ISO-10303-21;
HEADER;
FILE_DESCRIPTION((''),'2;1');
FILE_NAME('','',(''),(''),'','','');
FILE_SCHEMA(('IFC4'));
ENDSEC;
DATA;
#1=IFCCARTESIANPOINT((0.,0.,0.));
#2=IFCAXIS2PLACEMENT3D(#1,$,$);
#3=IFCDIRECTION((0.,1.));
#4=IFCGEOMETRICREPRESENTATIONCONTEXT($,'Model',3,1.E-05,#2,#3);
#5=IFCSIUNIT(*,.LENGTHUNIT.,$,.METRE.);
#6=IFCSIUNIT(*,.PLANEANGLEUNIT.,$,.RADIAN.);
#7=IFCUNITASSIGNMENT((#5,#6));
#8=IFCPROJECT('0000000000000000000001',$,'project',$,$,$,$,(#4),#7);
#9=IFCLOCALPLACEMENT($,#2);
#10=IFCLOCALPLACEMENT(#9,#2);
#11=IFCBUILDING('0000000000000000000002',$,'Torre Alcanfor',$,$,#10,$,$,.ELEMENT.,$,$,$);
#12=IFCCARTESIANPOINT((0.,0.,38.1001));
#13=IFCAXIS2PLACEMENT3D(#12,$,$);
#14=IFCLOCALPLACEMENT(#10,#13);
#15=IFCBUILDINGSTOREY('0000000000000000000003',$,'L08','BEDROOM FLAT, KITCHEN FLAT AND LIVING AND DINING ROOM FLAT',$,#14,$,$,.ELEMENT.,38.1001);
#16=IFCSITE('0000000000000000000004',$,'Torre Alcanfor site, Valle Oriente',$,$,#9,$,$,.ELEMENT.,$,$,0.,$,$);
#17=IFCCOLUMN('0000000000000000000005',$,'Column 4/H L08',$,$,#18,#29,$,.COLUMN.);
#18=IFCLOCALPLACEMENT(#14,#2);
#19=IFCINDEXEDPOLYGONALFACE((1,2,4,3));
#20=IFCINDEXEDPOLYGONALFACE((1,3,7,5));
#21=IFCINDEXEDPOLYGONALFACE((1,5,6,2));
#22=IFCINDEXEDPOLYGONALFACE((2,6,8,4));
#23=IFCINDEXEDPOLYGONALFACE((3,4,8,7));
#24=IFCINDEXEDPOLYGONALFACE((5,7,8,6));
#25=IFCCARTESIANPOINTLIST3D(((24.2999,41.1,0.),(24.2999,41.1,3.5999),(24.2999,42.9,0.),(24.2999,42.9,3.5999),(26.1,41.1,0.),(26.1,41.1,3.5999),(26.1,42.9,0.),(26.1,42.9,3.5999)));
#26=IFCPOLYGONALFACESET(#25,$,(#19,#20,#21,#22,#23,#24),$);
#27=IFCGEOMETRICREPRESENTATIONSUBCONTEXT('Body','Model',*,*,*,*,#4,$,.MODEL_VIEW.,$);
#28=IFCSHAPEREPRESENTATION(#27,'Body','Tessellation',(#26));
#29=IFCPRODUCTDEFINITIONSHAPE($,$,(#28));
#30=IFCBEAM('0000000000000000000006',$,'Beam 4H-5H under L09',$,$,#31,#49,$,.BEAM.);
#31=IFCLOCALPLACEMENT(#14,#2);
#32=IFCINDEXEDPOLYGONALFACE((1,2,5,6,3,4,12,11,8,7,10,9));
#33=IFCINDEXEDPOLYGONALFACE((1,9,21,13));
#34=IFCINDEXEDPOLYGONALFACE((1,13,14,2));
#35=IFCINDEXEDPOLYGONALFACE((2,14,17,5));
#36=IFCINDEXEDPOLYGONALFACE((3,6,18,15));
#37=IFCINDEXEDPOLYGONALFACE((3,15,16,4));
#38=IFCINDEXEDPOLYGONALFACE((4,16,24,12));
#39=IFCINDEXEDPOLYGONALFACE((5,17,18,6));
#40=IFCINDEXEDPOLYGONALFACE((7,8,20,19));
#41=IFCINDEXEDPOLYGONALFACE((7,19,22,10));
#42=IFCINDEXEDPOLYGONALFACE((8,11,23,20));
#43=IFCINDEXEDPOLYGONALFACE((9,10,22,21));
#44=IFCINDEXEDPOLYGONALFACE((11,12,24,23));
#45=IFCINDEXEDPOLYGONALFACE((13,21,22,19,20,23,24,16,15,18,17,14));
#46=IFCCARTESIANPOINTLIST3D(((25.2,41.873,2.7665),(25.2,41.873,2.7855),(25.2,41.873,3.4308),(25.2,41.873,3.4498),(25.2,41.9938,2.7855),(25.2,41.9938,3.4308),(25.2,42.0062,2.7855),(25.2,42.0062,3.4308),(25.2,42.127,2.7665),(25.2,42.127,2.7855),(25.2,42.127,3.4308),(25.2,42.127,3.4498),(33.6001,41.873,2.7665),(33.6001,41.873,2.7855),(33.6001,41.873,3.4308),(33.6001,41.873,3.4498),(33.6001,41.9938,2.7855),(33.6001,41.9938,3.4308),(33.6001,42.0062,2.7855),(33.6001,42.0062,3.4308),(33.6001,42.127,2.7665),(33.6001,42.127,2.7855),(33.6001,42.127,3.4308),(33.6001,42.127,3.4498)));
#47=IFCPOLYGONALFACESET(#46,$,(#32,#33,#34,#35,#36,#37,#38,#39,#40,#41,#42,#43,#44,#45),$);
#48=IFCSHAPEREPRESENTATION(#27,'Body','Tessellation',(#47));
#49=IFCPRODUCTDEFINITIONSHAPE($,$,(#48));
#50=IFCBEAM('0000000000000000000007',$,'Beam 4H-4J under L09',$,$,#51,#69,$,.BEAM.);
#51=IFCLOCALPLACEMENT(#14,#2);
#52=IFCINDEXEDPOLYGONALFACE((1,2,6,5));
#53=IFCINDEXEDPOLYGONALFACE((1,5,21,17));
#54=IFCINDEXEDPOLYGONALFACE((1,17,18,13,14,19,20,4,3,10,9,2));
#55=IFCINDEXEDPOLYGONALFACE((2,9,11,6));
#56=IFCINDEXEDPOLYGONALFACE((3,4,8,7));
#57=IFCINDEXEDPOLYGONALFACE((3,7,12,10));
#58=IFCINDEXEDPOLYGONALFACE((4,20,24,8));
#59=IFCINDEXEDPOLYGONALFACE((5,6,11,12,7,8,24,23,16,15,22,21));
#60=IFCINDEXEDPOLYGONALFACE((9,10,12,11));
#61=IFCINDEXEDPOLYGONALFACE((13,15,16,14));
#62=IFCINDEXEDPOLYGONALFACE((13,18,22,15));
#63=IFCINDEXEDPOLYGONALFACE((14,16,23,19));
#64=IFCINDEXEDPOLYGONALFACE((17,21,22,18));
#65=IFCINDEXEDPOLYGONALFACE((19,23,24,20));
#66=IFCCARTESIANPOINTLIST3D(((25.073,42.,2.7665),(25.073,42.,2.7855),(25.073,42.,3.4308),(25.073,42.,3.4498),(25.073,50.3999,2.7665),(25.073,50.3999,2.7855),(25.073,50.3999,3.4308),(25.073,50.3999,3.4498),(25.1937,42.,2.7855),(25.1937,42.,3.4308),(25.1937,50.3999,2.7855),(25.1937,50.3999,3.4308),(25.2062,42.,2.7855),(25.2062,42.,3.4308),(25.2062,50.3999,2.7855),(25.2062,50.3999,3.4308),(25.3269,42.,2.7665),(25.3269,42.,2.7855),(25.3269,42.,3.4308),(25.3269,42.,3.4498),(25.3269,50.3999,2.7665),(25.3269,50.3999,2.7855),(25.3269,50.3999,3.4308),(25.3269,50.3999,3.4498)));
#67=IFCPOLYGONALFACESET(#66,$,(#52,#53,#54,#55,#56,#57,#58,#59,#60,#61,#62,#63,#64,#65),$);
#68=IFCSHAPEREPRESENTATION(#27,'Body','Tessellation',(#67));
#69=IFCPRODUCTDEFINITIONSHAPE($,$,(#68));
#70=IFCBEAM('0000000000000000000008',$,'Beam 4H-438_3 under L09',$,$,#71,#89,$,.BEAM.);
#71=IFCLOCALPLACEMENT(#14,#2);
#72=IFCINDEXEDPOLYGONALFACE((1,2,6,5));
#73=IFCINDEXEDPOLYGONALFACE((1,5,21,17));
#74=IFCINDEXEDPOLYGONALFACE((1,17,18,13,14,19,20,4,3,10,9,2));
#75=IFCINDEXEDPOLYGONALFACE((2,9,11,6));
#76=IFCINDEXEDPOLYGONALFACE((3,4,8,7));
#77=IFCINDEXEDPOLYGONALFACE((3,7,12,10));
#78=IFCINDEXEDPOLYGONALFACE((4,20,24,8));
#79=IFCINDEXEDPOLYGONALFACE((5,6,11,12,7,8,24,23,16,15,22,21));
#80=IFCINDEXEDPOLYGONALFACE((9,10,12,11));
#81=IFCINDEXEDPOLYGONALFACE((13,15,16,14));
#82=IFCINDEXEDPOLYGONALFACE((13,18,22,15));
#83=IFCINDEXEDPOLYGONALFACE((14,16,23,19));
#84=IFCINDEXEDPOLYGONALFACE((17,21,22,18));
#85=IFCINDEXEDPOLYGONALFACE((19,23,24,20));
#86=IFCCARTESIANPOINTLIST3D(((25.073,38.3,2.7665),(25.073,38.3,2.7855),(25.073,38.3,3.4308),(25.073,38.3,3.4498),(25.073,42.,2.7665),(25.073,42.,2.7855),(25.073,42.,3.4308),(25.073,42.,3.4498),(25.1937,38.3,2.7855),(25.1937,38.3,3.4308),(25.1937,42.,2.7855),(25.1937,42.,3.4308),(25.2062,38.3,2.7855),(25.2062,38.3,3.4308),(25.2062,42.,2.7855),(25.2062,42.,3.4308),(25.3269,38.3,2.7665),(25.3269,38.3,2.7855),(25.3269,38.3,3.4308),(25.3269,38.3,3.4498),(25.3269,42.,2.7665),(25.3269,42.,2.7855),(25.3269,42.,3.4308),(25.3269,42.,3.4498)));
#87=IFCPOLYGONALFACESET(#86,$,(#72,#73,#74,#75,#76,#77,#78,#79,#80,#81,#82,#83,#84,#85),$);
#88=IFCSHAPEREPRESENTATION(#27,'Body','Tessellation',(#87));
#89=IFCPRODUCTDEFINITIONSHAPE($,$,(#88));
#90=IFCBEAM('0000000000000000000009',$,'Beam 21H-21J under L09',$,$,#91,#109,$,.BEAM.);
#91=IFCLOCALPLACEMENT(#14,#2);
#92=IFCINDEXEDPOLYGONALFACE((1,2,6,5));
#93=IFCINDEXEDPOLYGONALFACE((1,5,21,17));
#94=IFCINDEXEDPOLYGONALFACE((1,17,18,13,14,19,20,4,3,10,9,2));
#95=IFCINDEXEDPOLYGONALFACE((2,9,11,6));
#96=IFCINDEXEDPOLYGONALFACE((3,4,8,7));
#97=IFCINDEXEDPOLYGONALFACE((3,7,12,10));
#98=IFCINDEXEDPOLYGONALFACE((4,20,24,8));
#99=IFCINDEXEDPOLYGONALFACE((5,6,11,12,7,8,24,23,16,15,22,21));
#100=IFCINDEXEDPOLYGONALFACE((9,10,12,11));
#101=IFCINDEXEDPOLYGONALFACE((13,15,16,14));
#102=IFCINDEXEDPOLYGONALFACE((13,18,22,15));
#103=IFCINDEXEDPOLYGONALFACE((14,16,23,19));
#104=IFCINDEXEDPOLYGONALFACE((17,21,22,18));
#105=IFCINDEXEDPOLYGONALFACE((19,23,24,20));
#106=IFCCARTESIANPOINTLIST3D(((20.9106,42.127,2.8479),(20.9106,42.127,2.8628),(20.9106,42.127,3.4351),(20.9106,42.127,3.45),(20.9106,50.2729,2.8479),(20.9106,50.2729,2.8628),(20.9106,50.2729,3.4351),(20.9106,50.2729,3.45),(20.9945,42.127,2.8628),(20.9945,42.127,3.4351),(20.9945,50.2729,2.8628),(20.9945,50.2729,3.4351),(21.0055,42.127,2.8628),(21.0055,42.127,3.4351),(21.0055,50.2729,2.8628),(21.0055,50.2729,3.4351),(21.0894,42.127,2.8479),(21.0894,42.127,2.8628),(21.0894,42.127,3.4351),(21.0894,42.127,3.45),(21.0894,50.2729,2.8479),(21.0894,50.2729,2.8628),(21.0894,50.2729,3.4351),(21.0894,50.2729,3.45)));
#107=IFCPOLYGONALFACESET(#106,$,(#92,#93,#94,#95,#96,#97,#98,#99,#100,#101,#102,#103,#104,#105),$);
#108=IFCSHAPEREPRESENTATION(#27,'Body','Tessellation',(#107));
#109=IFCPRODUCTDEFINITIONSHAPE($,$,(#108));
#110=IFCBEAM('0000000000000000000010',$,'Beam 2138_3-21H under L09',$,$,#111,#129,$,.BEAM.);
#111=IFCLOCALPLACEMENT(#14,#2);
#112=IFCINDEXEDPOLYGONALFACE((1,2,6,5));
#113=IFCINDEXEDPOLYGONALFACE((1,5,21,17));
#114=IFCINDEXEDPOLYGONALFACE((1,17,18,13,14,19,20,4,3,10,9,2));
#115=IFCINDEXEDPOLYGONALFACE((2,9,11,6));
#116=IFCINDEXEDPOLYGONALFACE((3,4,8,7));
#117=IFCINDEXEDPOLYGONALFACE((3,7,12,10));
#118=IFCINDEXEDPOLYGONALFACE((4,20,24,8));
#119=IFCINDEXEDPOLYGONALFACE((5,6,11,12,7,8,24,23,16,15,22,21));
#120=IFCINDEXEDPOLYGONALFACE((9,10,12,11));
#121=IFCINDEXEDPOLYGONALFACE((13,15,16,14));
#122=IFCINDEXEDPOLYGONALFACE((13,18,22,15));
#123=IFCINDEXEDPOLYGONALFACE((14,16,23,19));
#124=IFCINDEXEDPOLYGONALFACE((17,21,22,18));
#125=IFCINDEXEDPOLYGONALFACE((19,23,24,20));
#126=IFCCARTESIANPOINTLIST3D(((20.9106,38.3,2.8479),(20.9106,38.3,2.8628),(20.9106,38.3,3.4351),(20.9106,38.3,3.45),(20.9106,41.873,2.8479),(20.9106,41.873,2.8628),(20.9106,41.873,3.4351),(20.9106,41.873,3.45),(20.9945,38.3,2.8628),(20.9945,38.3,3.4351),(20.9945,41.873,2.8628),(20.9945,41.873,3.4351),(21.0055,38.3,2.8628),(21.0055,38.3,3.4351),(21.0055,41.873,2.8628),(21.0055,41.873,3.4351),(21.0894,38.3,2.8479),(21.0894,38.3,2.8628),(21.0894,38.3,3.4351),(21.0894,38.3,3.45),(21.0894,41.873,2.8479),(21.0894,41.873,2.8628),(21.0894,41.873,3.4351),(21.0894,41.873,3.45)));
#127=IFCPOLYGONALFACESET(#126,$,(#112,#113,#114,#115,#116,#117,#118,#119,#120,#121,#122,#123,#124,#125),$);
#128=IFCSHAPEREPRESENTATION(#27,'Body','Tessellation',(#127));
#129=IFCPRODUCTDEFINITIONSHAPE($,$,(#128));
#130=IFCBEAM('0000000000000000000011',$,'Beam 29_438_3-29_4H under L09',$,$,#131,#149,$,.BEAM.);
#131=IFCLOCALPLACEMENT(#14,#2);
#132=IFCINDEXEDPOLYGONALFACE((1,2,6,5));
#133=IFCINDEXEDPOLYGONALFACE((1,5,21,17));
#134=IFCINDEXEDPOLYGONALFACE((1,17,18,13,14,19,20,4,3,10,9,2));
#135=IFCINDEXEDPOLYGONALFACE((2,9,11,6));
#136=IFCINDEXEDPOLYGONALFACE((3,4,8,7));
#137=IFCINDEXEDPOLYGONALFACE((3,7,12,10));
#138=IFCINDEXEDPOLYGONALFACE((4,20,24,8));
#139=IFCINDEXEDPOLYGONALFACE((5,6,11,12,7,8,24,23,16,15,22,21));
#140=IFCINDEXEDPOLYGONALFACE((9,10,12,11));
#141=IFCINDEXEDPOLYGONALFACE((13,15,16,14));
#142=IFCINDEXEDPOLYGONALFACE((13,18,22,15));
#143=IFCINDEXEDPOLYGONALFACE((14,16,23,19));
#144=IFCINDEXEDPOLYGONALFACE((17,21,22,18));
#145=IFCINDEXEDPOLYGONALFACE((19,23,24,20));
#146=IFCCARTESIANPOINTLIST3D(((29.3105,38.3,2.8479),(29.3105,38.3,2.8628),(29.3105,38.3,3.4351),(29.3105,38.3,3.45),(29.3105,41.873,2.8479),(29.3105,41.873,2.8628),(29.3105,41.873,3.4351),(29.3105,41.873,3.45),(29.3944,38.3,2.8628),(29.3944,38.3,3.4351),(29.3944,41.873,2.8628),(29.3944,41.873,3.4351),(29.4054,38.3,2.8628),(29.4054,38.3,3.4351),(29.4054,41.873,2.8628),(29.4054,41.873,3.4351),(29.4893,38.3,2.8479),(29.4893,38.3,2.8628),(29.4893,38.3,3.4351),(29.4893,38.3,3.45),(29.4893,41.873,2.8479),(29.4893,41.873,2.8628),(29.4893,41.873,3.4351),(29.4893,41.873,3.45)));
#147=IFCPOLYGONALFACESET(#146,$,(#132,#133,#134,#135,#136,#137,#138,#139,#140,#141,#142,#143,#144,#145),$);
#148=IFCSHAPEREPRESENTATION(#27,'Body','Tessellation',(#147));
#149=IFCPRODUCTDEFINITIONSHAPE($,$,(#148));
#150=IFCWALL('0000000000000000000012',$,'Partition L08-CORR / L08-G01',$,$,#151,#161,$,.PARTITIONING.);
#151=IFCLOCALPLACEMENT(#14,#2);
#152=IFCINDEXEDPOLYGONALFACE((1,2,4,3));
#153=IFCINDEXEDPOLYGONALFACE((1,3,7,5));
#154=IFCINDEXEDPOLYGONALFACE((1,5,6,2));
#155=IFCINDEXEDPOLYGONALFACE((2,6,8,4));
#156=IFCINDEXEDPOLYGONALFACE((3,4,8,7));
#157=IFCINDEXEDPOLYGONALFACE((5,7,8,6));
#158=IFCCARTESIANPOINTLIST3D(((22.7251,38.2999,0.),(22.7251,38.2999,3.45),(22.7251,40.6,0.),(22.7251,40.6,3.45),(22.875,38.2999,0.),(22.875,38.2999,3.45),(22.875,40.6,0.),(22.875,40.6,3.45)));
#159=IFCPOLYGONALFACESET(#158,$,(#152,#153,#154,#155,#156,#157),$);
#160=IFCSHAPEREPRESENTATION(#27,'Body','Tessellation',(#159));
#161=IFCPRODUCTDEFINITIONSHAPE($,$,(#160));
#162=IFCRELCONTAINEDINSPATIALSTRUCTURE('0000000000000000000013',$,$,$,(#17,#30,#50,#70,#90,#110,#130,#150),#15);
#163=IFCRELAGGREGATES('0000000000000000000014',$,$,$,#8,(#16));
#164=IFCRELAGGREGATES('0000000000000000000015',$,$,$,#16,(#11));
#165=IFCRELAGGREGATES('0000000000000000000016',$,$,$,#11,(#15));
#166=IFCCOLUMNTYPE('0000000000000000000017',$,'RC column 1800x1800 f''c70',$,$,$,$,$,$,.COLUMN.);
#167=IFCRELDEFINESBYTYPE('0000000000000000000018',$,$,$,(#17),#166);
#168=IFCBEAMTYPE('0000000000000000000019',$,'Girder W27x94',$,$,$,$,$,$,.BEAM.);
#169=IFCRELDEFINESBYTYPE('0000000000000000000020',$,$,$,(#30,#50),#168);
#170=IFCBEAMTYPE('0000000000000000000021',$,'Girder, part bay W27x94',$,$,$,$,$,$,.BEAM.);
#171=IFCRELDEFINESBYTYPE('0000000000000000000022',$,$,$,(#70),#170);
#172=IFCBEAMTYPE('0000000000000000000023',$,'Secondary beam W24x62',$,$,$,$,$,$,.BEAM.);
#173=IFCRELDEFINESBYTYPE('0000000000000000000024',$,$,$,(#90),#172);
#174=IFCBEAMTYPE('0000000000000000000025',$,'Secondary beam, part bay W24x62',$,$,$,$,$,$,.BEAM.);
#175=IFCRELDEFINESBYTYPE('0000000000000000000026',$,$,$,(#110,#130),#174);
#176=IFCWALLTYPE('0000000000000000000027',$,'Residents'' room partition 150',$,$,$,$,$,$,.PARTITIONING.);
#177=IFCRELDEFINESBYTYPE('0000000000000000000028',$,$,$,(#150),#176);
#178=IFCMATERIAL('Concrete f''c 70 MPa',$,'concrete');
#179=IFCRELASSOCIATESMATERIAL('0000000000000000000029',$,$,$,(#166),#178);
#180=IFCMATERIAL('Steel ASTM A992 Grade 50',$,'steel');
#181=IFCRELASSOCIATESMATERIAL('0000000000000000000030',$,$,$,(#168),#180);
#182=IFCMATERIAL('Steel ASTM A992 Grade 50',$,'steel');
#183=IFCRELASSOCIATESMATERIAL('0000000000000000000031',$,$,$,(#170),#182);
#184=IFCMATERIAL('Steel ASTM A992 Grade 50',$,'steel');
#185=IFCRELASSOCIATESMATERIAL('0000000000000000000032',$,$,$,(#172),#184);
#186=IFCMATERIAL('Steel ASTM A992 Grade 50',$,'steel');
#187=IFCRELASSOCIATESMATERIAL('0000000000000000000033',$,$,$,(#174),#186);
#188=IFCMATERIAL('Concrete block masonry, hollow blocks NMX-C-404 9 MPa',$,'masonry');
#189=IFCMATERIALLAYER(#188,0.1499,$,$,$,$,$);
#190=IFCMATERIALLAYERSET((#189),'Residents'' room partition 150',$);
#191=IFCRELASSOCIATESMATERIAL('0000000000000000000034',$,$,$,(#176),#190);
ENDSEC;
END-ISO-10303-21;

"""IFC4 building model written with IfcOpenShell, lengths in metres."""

from ifc_helpers import new_model, si_unit, direction, frame, frame_2d, origin, origin_2d, place, context, subcontext, project, spatial, rectangle, i_section, extrude, material, layer, layer_set, material_profile, profile_set, type_object, element, save


model = new_model("IFC4")

# Units and contexts
model_context = context("Model", 3, precision=1e-05, world=origin(), true_north=direction((0.0, 1.0)))
body_context = subcontext(model_context, "Body", "Model", "MODEL_VIEW")
ifc_project = project(units=[si_unit("LENGTHUNIT", "METRE"), si_unit("PLANEANGLEUNIT", "RADIAN")], contexts=[model_context])

# Site, building, storey
site_placement = place(None, origin())
site = spatial("IfcSite", under=ifc_project, at=site_placement, Name="Torre Alcanfor site, Valle Oriente", CompositionType="ELEMENT", RefElevation=0.0)
building_placement = place(site_placement, origin())
building = spatial("IfcBuilding", under=site, at=building_placement, Name="Torre Alcanfor", CompositionType="ELEMENT")
storey_placement = place(building_placement, frame((0.0, 0.0, 38.1001)))
storey = spatial("IfcBuildingStorey", under=building, at=storey_placement, Name="L08", Description="BEDROOM FLAT, KITCHEN FLAT AND LIVING AND DINING ROOM FLAT", CompositionType="ELEMENT", Elevation=38.1001)

# Column
ifc_material_1 = material(Name="Concrete f'c 70 MPa", Category="concrete")
ifc_material_profile_1 = material_profile(ifc_material_1, rectangle(XDim=1.8, YDim=1.8, at=origin_2d()), Name="1800x1800")
ifc_profile_set_1 = profile_set([ifc_material_profile_1], Name="Concrete f'c 70 MPa")
column_type = type_object("IfcColumnType", Name="RC column 1800x1800 f'c70", PredefinedType="COLUMN", material=ifc_profile_set_1)
column_placement = place(storey_placement, frame((25.2, 42.0, 0.0), z_axis=(0.0, 0.0, 1.0), x_axis=(1.0, 0.0, 0.0)))
element("IfcColumn", 1, at=column_placement, inside=storey, type_object=column_type, Name="Column 4/H L08", PredefinedType="COLUMN", context=body_context, shape_type="SweptSolid", body=[
    extrude(rectangle(XDim=1.8, YDim=1.8, at=origin_2d()), origin(), (0.0, 0.0, 1.0), 3.5999),
])

# Beams
ifc_material_2 = material(Name="Steel ASTM A992 Grade 50", Category="steel")
ifc_material_profile_2 = material_profile(ifc_material_2, i_section(OverallWidth=0.2539, OverallDepth=0.6833, WebThickness=0.0125, FlangeThickness=0.019, at=origin_2d()), Name="W27x94")
ifc_profile_set_2 = profile_set([ifc_material_profile_2], Name="Steel ASTM A992 Grade 50")
beam_type_1 = type_object("IfcBeamType", Name="Girder W27x94", PredefinedType="BEAM", material=ifc_profile_set_2)
beam_1_placement = place(storey_placement, frame((25.2, 42.0, 3.1082), z_axis=(1.0, 0.0, 0.0), x_axis=(0.0, 1.0, 0.0)))
element("IfcBeam", 2, at=beam_1_placement, inside=storey, type_object=beam_type_1, Name="Beam 4H-5H under L09", PredefinedType="BEAM", context=body_context, shape_type="SweptSolid", body=[
    extrude(i_section(OverallWidth=0.2539, OverallDepth=0.6833, WebThickness=0.0125, FlangeThickness=0.019, at=origin_2d()), origin(), (0.0, 0.0, 1.0), 8.4001),
])
beam_2_placement = place(storey_placement, frame((25.2, 42.0, 3.1082), z_axis=(0.0, 1.0, 0.0), x_axis=(-1.0, 0.0, 0.0)))
element("IfcBeam", 3, at=beam_2_placement, inside=storey, type_object=beam_type_1, Name="Beam 4H-4J under L09", PredefinedType="BEAM", context=body_context, shape_type="SweptSolid", body=[
    extrude(i_section(OverallWidth=0.2539, OverallDepth=0.6833, WebThickness=0.0125, FlangeThickness=0.019, at=origin_2d()), origin(), (0.0, 0.0, 1.0), 8.3999),
])
ifc_material_3 = material(Name="Steel ASTM A992 Grade 50", Category="steel")
ifc_material_profile_3 = material_profile(ifc_material_3, i_section(OverallWidth=0.2539, OverallDepth=0.6833, WebThickness=0.0125, FlangeThickness=0.019, at=origin_2d()), Name="W27x94")
ifc_profile_set_3 = profile_set([ifc_material_profile_3], Name="Steel ASTM A992 Grade 50")
beam_type_2 = type_object("IfcBeamType", Name="Girder, part bay W27x94", PredefinedType="BEAM", material=ifc_profile_set_3)
beam_3_placement = place(storey_placement, frame((25.2, 42.0, 3.1082), z_axis=(0.0, -1.0, 0.0), x_axis=(1.0, 0.0, 0.0)))
element("IfcBeam", 4, at=beam_3_placement, inside=storey, type_object=beam_type_2, Name="Beam 4H-438_3 under L09", PredefinedType="BEAM", context=body_context, shape_type="SweptSolid", body=[
    extrude(i_section(OverallWidth=0.2539, OverallDepth=0.6833, WebThickness=0.0125, FlangeThickness=0.019, at=origin_2d()), origin(), (0.0, 0.0, 1.0), 3.7),
])
ifc_material_4 = material(Name="Steel ASTM A992 Grade 50", Category="steel")
ifc_material_profile_4 = material_profile(ifc_material_4, i_section(OverallWidth=0.1787, OverallDepth=0.6021, WebThickness=0.011, FlangeThickness=0.0149, at=origin_2d()), Name="W24x62")
ifc_profile_set_4 = profile_set([ifc_material_profile_4], Name="Steel ASTM A992 Grade 50")
beam_type_3 = type_object("IfcBeamType", Name="Secondary beam W24x62", PredefinedType="BEAM", material=ifc_profile_set_4)
beam_4_placement = place(storey_placement, frame((21.0, 42.127, 3.1489), z_axis=(0.0, 1.0, 0.0), x_axis=(-1.0, 0.0, 0.0)))
element("IfcBeam", 5, at=beam_4_placement, inside=storey, type_object=beam_type_3, Name="Beam 21H-21J under L09", PredefinedType="BEAM", context=body_context, shape_type="SweptSolid", body=[
    extrude(i_section(OverallWidth=0.1787, OverallDepth=0.6021, WebThickness=0.011, FlangeThickness=0.0149, at=origin_2d()), origin(), (0.0, 0.0, 1.0), 8.146),
])
ifc_material_5 = material(Name="Steel ASTM A992 Grade 50", Category="steel")
ifc_material_profile_5 = material_profile(ifc_material_5, i_section(OverallWidth=0.1787, OverallDepth=0.6021, WebThickness=0.011, FlangeThickness=0.0149, at=origin_2d()), Name="W24x62")
ifc_profile_set_5 = profile_set([ifc_material_profile_5], Name="Steel ASTM A992 Grade 50")
beam_type_4 = type_object("IfcBeamType", Name="Secondary beam, part bay W24x62", PredefinedType="BEAM", material=ifc_profile_set_5)
for number, where, z_axis, x_axis, name in (
    (6, (21.0, 38.3, 3.1489), (0.0, 1.0, 0.0), (-1.0, 0.0, 0.0), "Beam 2138_3-21H under L09"),
    (7, (29.3999, 38.3, 3.1489), (0.0, 1.0, 0.0), (-1.0, 0.0, 0.0), "Beam 29_438_3-29_4H under L09"),
):
    element("IfcBeam", number, at=place(storey_placement, frame(where, z_axis=z_axis, x_axis=x_axis)), inside=storey, type_object=beam_type_4, Name=name, PredefinedType="BEAM", context=body_context, shape_type="SweptSolid", body=[
        extrude(i_section(OverallWidth=0.1787, OverallDepth=0.6021, WebThickness=0.011, FlangeThickness=0.0149, at=origin_2d()), origin(), (0.0, 0.0, 1.0), 3.573),
    ])

# Wall
ifc_material_6 = material(Name="Concrete block masonry, hollow blocks NMX-C-404 9 MPa", Category="masonry")
ifc_layer = layer(ifc_material_6, 0.1499)
ifc_layer_set = layer_set([ifc_layer], Name="Residents' room partition 150")
wall_type = type_object("IfcWallType", Name="Residents' room partition 150", PredefinedType="PARTITIONING", material=ifc_layer_set)
wall_1_placement = place(storey_placement, frame((22.8, 38.3, 0.0), z_axis=(0.0, 0.0, 1.0), x_axis=(0.0, 1.0, 0.0)))
element("IfcWall", 8, at=wall_1_placement, inside=storey, type_object=wall_type, Name="Partition L08-CORR / L08-G01", PredefinedType="PARTITIONING", context=body_context, shape_type="SweptSolid", body=[
    extrude(rectangle(XDim=2.3, YDim=0.1499, at=frame_2d((1.1499, 0.0))), origin(), (0.0, 0.0, 1.0), 3.45),
])

save(model, "model.ifc")
